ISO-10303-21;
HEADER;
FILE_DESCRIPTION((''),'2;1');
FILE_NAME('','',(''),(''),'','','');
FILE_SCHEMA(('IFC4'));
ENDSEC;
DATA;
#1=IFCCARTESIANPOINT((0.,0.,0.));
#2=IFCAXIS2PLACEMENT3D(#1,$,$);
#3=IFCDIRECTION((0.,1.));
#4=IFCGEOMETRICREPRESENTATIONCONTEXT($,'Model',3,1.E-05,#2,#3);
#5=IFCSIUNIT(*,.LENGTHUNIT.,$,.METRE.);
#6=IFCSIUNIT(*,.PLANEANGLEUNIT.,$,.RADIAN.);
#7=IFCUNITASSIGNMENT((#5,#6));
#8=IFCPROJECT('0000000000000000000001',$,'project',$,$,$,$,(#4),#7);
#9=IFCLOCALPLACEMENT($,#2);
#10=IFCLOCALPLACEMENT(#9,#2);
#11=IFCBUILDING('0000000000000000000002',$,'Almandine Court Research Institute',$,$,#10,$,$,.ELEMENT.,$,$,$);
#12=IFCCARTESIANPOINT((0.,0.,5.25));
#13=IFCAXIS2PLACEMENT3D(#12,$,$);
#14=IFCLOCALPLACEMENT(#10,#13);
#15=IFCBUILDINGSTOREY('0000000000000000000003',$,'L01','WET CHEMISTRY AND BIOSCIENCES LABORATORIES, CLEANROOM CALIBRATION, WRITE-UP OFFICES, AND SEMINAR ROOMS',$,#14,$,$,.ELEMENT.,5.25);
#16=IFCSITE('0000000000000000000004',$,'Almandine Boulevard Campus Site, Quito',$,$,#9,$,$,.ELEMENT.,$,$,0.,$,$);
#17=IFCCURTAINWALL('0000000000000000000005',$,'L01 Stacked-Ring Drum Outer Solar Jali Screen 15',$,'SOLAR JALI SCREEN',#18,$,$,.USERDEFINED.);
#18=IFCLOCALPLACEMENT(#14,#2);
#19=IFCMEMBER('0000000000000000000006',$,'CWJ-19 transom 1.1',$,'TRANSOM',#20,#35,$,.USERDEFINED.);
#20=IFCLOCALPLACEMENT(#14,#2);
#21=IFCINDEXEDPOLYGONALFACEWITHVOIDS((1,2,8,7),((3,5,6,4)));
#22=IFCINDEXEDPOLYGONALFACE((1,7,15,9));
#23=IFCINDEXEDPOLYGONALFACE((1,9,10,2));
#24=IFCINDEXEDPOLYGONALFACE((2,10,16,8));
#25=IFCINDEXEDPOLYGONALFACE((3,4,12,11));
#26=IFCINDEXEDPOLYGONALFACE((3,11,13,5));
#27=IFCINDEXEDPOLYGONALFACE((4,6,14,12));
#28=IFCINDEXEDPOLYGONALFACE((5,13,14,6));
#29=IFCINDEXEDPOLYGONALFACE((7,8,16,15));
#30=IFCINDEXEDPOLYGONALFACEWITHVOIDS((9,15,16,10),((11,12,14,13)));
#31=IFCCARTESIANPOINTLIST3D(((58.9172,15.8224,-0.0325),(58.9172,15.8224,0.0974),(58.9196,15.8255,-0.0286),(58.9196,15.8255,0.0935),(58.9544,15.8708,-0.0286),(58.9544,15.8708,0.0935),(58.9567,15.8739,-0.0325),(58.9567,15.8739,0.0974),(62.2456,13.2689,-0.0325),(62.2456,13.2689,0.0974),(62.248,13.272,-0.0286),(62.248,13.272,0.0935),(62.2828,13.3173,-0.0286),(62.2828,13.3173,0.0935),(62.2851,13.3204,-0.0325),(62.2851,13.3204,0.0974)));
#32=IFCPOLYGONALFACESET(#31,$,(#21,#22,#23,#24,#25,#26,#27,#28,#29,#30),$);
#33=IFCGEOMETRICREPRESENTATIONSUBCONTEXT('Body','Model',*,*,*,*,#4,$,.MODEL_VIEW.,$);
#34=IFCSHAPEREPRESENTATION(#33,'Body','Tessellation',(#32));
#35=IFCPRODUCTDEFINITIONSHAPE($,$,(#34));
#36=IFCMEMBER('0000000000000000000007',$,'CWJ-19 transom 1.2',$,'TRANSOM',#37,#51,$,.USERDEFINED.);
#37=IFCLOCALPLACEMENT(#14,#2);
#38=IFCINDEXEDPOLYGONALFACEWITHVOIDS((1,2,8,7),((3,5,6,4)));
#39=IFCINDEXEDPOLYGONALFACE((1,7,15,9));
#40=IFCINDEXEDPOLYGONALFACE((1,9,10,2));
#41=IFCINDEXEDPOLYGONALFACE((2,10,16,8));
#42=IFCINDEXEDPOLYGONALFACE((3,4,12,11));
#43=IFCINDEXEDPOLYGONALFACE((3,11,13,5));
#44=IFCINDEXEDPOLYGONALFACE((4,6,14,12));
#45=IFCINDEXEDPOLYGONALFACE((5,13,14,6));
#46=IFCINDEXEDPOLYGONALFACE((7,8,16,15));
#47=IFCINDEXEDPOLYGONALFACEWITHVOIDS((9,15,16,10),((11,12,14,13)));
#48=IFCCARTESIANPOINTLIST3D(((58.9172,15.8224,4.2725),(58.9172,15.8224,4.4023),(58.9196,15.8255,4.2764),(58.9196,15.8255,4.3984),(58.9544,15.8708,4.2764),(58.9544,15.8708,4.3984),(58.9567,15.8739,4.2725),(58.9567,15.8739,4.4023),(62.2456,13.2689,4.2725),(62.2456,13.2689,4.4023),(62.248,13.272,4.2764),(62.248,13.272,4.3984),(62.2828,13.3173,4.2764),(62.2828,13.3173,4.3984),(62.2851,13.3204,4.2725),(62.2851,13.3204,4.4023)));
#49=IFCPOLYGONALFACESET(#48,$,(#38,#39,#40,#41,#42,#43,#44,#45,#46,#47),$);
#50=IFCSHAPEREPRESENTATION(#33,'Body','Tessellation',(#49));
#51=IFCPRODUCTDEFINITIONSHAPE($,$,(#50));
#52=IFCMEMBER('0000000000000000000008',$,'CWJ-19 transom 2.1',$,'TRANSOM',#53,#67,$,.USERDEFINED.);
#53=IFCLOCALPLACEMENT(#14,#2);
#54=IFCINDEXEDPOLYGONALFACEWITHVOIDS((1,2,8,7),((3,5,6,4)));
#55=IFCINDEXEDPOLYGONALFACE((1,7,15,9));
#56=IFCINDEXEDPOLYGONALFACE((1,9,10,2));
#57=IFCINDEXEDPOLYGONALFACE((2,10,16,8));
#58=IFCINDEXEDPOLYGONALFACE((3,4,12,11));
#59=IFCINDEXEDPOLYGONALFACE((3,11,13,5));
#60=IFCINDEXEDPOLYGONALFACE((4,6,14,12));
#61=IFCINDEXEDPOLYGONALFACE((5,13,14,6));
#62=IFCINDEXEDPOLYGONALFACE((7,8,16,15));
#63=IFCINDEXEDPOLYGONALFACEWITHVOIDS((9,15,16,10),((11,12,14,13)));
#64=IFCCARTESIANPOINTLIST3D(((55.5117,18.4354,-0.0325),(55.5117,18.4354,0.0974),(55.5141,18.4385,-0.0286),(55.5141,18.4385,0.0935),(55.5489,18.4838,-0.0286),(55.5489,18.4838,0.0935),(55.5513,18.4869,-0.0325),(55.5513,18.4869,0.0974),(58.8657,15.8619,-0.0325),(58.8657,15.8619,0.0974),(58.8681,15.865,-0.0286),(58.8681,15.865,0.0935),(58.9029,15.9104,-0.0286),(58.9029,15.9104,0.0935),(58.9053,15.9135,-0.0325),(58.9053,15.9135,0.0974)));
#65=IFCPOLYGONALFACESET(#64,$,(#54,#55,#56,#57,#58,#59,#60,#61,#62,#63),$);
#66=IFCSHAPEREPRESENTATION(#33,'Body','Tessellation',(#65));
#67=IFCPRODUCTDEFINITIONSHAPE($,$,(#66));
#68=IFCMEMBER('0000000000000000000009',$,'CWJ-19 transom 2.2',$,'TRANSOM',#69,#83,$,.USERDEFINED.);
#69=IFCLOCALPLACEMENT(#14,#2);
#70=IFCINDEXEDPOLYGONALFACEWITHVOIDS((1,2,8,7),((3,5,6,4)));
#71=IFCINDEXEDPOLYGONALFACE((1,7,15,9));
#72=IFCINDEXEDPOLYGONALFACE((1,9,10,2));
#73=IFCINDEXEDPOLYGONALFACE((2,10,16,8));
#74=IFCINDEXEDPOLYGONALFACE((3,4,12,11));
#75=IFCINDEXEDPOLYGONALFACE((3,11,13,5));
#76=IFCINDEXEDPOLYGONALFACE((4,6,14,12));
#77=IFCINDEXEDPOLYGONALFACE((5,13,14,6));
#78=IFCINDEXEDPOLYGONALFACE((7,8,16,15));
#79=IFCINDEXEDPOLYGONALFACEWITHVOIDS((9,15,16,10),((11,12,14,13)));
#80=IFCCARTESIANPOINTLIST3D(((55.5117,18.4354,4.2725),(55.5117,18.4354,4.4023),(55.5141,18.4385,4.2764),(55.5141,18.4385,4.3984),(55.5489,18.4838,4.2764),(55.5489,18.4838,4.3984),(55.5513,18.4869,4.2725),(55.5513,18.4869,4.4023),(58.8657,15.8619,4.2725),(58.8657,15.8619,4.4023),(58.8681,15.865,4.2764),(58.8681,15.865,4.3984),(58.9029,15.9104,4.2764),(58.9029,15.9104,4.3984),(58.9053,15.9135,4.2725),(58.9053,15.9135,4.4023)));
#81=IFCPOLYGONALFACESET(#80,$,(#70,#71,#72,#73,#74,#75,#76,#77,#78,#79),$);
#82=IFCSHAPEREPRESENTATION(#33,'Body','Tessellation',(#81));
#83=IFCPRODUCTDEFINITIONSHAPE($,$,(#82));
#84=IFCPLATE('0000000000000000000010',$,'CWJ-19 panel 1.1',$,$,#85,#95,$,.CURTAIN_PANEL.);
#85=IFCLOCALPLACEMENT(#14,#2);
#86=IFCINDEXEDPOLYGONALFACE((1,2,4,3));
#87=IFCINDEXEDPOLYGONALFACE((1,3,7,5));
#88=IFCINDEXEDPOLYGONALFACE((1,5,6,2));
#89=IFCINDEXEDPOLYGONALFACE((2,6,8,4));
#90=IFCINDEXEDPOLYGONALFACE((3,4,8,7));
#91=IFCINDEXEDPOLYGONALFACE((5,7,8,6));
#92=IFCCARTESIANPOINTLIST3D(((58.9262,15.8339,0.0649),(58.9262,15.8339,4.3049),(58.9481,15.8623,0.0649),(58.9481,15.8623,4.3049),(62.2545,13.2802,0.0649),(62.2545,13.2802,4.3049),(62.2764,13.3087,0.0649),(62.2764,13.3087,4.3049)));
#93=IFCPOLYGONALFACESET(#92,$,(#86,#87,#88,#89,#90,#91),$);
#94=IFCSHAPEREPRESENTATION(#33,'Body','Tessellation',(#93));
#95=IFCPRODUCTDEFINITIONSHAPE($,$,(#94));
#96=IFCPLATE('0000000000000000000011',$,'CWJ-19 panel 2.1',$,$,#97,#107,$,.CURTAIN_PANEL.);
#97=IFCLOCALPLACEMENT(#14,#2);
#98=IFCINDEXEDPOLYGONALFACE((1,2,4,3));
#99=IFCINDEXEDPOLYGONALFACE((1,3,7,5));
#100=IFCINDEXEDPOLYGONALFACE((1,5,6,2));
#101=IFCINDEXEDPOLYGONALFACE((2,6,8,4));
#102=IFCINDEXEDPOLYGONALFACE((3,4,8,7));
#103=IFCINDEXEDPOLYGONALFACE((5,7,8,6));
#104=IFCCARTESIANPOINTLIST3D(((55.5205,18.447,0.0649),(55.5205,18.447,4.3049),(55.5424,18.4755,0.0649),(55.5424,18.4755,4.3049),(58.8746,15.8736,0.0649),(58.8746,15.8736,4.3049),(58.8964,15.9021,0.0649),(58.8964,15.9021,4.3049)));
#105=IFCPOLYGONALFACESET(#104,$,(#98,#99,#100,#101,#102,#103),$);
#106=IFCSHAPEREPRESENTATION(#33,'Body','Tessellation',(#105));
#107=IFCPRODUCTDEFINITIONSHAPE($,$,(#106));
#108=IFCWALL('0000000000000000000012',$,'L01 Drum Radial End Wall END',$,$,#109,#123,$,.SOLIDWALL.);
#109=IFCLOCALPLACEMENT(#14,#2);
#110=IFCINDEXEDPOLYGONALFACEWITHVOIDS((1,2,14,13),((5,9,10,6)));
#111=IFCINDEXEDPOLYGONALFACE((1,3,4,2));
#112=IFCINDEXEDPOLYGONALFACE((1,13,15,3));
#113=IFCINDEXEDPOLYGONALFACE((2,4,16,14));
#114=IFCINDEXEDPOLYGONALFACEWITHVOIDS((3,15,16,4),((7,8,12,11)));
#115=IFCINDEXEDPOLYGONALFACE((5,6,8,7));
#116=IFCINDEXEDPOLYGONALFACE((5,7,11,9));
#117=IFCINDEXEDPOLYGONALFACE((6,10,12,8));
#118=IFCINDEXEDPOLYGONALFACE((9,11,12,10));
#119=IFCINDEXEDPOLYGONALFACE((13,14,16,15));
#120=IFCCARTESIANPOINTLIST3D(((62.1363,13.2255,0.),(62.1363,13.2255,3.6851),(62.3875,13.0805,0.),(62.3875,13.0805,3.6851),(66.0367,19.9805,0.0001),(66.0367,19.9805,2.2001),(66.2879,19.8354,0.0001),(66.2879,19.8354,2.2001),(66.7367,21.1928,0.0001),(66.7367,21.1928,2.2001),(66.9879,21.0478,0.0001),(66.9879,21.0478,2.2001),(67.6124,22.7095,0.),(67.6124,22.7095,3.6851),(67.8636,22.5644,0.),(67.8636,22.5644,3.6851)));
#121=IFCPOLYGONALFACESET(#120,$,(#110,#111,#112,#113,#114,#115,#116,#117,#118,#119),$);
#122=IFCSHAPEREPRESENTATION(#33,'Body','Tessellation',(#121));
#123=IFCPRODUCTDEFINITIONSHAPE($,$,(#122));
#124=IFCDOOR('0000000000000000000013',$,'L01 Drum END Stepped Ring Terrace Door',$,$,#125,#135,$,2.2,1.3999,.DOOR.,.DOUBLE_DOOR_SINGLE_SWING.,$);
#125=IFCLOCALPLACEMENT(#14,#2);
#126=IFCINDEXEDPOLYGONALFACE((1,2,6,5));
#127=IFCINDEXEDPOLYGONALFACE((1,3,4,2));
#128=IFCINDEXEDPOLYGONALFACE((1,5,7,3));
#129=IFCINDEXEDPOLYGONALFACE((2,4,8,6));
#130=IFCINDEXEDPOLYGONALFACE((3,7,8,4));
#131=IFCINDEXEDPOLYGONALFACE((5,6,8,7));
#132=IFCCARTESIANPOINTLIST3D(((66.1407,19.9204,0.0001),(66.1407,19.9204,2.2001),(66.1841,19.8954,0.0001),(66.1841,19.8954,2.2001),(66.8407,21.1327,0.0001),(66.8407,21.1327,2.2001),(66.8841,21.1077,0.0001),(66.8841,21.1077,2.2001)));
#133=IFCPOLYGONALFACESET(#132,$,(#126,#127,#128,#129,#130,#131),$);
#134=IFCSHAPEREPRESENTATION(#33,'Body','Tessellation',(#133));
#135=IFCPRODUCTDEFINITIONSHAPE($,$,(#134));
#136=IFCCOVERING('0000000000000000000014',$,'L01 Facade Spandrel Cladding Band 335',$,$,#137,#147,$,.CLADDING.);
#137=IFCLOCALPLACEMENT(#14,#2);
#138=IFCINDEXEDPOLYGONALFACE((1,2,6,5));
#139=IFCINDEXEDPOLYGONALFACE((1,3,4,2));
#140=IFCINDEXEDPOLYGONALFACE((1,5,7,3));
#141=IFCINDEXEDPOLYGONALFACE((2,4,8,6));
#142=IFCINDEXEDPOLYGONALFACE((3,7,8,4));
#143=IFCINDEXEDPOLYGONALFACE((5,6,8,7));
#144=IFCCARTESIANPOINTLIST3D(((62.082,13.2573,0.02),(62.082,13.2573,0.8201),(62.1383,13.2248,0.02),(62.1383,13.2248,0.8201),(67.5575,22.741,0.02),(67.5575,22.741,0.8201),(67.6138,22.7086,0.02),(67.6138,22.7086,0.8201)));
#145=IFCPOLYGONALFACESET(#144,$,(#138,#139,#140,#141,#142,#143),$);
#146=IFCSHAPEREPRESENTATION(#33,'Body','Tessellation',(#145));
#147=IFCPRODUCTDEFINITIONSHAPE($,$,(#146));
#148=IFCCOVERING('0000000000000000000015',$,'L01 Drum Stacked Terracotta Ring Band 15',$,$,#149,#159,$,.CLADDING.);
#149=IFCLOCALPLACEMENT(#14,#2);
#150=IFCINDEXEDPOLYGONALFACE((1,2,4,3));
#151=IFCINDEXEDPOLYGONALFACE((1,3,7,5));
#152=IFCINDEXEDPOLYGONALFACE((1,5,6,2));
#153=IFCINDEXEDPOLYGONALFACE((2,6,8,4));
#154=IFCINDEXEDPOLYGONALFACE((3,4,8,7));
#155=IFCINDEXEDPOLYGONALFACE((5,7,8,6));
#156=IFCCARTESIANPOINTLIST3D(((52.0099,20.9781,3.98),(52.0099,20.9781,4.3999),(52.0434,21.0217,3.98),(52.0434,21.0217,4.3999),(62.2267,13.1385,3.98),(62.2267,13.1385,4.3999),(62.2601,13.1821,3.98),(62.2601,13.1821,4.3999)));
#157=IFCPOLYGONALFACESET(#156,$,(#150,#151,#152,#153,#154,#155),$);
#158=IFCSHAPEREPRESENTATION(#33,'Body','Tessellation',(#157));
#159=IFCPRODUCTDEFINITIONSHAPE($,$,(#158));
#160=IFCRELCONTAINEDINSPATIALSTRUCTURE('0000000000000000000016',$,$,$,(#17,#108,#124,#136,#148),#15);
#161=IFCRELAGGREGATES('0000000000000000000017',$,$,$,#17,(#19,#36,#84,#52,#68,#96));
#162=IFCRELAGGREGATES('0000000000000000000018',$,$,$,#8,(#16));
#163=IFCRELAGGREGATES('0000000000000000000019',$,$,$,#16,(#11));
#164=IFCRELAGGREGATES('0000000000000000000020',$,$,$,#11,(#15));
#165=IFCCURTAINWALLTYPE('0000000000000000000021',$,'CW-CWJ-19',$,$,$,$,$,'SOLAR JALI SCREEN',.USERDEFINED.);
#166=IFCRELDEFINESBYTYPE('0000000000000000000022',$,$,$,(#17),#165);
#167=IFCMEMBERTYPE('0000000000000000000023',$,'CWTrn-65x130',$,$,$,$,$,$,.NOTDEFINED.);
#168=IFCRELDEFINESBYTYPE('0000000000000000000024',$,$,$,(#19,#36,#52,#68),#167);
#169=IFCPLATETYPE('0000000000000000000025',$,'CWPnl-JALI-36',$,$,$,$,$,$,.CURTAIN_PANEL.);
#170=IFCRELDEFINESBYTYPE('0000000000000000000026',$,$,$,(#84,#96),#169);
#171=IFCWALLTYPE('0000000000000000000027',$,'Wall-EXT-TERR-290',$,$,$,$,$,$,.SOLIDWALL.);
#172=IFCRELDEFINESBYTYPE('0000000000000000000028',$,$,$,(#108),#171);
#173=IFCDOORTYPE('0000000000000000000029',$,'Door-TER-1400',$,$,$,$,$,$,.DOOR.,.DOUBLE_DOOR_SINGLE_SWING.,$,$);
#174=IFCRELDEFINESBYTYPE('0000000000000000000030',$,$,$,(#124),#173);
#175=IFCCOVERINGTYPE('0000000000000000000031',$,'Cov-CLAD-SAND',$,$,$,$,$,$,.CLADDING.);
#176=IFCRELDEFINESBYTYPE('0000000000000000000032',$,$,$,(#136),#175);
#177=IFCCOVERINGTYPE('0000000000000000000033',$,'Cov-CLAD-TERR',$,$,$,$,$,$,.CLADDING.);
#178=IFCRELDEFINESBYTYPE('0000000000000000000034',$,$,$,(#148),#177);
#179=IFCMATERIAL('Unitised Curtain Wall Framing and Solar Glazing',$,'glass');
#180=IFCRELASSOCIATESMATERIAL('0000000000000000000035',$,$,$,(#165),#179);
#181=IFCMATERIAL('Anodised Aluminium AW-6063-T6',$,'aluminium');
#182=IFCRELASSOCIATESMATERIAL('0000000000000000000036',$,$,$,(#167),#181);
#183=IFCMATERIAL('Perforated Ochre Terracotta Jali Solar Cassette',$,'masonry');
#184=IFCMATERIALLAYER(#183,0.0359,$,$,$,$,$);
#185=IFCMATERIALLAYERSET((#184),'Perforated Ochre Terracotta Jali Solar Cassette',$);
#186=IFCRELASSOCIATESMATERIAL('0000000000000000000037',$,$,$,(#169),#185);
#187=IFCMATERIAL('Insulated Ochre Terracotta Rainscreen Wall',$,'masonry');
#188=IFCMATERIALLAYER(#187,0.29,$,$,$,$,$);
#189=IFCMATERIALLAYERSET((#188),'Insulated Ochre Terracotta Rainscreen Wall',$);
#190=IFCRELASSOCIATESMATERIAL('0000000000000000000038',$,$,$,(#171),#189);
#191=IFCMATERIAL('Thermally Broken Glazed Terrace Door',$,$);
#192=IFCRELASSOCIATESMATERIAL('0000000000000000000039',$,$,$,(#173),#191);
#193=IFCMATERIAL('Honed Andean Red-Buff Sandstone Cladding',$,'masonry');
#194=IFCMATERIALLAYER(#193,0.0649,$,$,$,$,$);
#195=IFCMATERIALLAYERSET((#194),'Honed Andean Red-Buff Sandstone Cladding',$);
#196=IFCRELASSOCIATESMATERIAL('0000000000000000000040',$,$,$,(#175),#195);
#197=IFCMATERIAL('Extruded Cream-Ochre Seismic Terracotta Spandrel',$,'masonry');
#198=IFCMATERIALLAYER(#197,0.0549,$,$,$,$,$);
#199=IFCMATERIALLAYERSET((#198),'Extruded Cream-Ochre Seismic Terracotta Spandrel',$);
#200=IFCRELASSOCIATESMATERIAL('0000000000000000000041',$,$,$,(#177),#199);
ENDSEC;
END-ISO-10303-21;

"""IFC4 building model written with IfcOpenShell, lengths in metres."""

from ifc_helpers import new_model, si_unit, direction, frame, frame_2d, origin, origin_2d, place, context, subcontext, project, spatial, rectangle, hollow_rectangle, extrude, material, layer, layer_set, material_profile, profile_set, type_object, element, fill, aggregate, save


model = new_model("IFC4")

# Units and contexts
model_context = context("Model", 3, precision=1e-05, world=origin(), true_north=direction((0.0, 1.0)))
body_context = subcontext(model_context, "Body", "Model", "MODEL_VIEW")
ifc_project = project(units=[si_unit("LENGTHUNIT", "METRE"), si_unit("PLANEANGLEUNIT", "RADIAN")], contexts=[model_context])

# Site, building, storey
site_placement = place(None, origin())
site = spatial("IfcSite", under=ifc_project, at=site_placement, Name="Almandine Boulevard Campus Site, Quito", CompositionType="ELEMENT", RefElevation=0.0)
building_placement = place(site_placement, origin())
building = spatial("IfcBuilding", under=site, at=building_placement, Name="Almandine Court Research Institute", CompositionType="ELEMENT")
storey_placement = place(building_placement, frame((0.0, 0.0, 5.25)))
storey = spatial("IfcBuildingStorey", under=building, at=storey_placement, Name="L01", Description="WET CHEMISTRY AND BIOSCIENCES LABORATORIES, CLEANROOM CALIBRATION, WRITE-UP OFFICES, AND SEMINAR ROOMS", CompositionType="ELEMENT", Elevation=5.25)

# Curtain wall, members, plates
ifc_material_1 = material(Name="Unitised Curtain Wall Framing and Solar Glazing", Category="glass")
curtain_wall_type = type_object("IfcCurtainWallType", Name="CW-CWJ-19", ElementType="SOLAR JALI SCREEN", PredefinedType="USERDEFINED", material=ifc_material_1)
curtain_wall_placement = place(storey_placement, origin())
curtain_wall = element("IfcCurtainWall", 1, at=curtain_wall_placement, inside=storey, type_object=curtain_wall_type, Name="L01 Stacked-Ring Drum Outer Solar Jali Screen 15", ObjectType="SOLAR JALI SCREEN", PredefinedType="USERDEFINED")
ifc_material_2 = material(Name="Anodised Aluminium AW-6063-T6", Category="aluminium")
ifc_material_profile_1 = material_profile(ifc_material_2, hollow_rectangle(XDim=0.0649, YDim=0.1299, WallThickness=0.0039, at=origin_2d()), Name="ALU RHS 65x130x4")
ifc_profile_set_1 = profile_set([ifc_material_profile_1], Name="Anodised Aluminium AW-6063-T6")
member_type_1 = type_object("IfcMemberType", Name="CWTrn-65x130", PredefinedType="NOTDEFINED", material=ifc_profile_set_1)
member_1_placement = place(storey_placement, frame((62.2654, 13.2947, 0.0325), z_axis=(-0.793409, 0.608689, 0.0), x_axis=(-0.608689, -0.793409, 0.0)))
member_1 = element("IfcMember", 2, at=member_1_placement, type_object=member_type_1, Name="CWJ-19 transom 1.1", ObjectType="TRANSOM", PredefinedType="USERDEFINED", context=body_context, shape_type="SweptSolid", body=[
    extrude(hollow_rectangle(XDim=0.0649, YDim=0.1299, WallThickness=0.0039, at=origin_2d()), origin(), (0.0, 0.0, 1.0), 4.1951),
])
member_2_placement = place(storey_placement, frame((62.2654, 13.2947, 4.3374), z_axis=(-0.793409, 0.608689, 0.0), x_axis=(-0.608689, -0.793409, 0.0)))
member_2 = element("IfcMember", 3, at=member_2_placement, type_object=member_type_1, Name="CWJ-19 transom 1.2", ObjectType="TRANSOM", PredefinedType="USERDEFINED", context=body_context, shape_type="SweptSolid", body=[
    extrude(hollow_rectangle(XDim=0.0649, YDim=0.1299, WallThickness=0.0039, at=origin_2d()), origin(), (0.0, 0.0, 1.0), 4.1951),
])
member_3_placement = place(storey_placement, frame((58.8855, 15.8877, 0.0325), z_axis=(-0.793368, 0.608742, 0.0), x_axis=(-0.608742, -0.793368, 0.0)))
member_3 = element("IfcMember", 4, at=member_3_placement, type_object=member_type_1, Name="CWJ-19 transom 2.1", ObjectType="TRANSOM", PredefinedType="USERDEFINED", context=body_context, shape_type="SweptSolid", body=[
    extrude(hollow_rectangle(XDim=0.0649, YDim=0.1299, WallThickness=0.0039, at=origin_2d()), origin(), (0.0, 0.0, 1.0), 4.2275),
])
member_4_placement = place(storey_placement, frame((58.8855, 15.8877, 4.3374), z_axis=(-0.793368, 0.608742, 0.0), x_axis=(-0.608742, -0.793368, 0.0)))
member_4 = element("IfcMember", 5, at=member_4_placement, type_object=member_type_1, Name="CWJ-19 transom 2.2", ObjectType="TRANSOM", PredefinedType="USERDEFINED", context=body_context, shape_type="SweptSolid", body=[
    extrude(hollow_rectangle(XDim=0.0649, YDim=0.1299, WallThickness=0.0039, at=origin_2d()), origin(), (0.0, 0.0, 1.0), 4.2275),
])
ifc_material_3 = material(Name="Perforated Ochre Terracotta Jali Solar Cassette", Category="masonry")
ifc_layer_1 = layer(ifc_material_3, 0.0359)
ifc_layer_set_1 = layer_set([ifc_layer_1], Name="Perforated Ochre Terracotta Jali Solar Cassette")
plate_type = type_object("IfcPlateType", Name="CWPnl-JALI-36", PredefinedType="CURTAIN_PANEL", material=ifc_layer_set_1)
plate_1_placement = place(storey_placement, frame((60.6013, 14.5713, 0.0649), z_axis=(0.0, 0.0, 1.0), x_axis=(-0.793383, 0.608723, 0.0)))
plate_1 = element("IfcPlate", 6, at=plate_1_placement, type_object=plate_type, Name="CWJ-19 panel 1.1", PredefinedType="CURTAIN_PANEL", context=body_context, shape_type="SweptSolid", body=[
    extrude(rectangle(XDim=4.1951, YDim=0.0359, at=origin_2d()), origin(), (0.0, 0.0, 1.0), 4.24),
])
plate_2_placement = place(storey_placement, frame((57.2085, 17.1746, 0.0649), z_axis=(0.0, 0.0, 1.0), x_axis=(-0.793383, 0.608723, 0.0)))
plate_2 = element("IfcPlate", 7, at=plate_2_placement, type_object=plate_type, Name="CWJ-19 panel 2.1", PredefinedType="CURTAIN_PANEL", context=body_context, shape_type="SweptSolid", body=[
    extrude(rectangle(XDim=4.2275, YDim=0.0359, at=origin_2d()), origin(), (0.0, 0.0, 1.0), 4.24),
])
aggregate(curtain_wall, [member_1, member_2, plate_1, member_3, member_4, plate_2])

# Wall, opening, door
ifc_material_4 = material(Name="Insulated Ochre Terracotta Rainscreen Wall", Category="masonry")
ifc_layer_2 = layer(ifc_material_4, 0.29)
ifc_layer_set_2 = layer_set([ifc_layer_2], Name="Insulated Ochre Terracotta Rainscreen Wall")
wall_type = type_object("IfcWallType", Name="Wall-EXT-TERR-290", PredefinedType="SOLIDWALL", material=ifc_layer_set_2)
wall_placement = place(storey_placement, frame((62.262, 13.1531, 0.0), z_axis=(0.0, 0.0, 1.0), x_axis=(0.500038, 0.866004, 0.0)))
wall = element("IfcWall", 8, at=wall_placement, inside=storey, type_object=wall_type, Name="L01 Drum Radial End Wall END", PredefinedType="SOLIDWALL", context=body_context, shape_type="SweptSolid", body=[
    extrude(rectangle(XDim=10.9514, YDim=0.29, at=frame_2d((5.4756, 0.0))), origin(), (0.0, 0.0, 1.0), 3.6851),
])
opening_placement = place(wall_placement, frame((7.8, 0.0, 0.0)))
opening = element("IfcOpeningElement", 9, at=opening_placement, cuts=wall, PredefinedType="OPENING", context=body_context, shape_type="SweptSolid", body=[
    extrude(rectangle(XDim=1.3999, YDim=2.2, at=frame_2d((0.7, 1.1001))), frame((0.0, 0.155, 0.0), z_axis=(0.0, -1.0, 0.0), x_axis=(1.0, 0.0, 0.0)), (0.0, 0.0, 1.0), 0.3101),
])
ifc_material_5 = material(Name="Thermally Broken Glazed Terrace Door")
door_type = type_object("IfcDoorType", Name="Door-TER-1400", OperationType="DOUBLE_DOOR_SINGLE_SWING", PredefinedType="DOOR", material=ifc_material_5)
door_placement = place(opening_placement, origin())
door = element("IfcDoor", 10, at=door_placement, inside=storey, type_object=door_type, Name="L01 Drum END Stepped Ring Terrace Door", OperationType="DOUBLE_DOOR_SINGLE_SWING", OverallHeight=2.2, OverallWidth=1.3999, PredefinedType="DOOR", context=body_context, shape_type="SweptSolid", body=[
    extrude(rectangle(XDim=1.3999, YDim=2.2, at=frame_2d((0.7, 1.1001))), frame((0.0, 0.0249, 0.0), z_axis=(0.0, -1.0, 0.0), x_axis=(1.0, 0.0, 0.0)), (0.0, 0.0, 1.0), 0.05),
])
fill(opening, door)

# Coverings
ifc_material_6 = material(Name="Honed Andean Red-Buff Sandstone Cladding", Category="masonry")
ifc_layer_3 = layer(ifc_material_6, 0.0649)
ifc_layer_set_3 = layer_set([ifc_layer_3], Name="Honed Andean Red-Buff Sandstone Cladding")
covering_type_1 = type_object("IfcCoveringType", Name="Cov-CLAD-SAND", PredefinedType="CLADDING", material=ifc_layer_set_3)
covering_1_placement = place(storey_placement, frame((64.8479, 17.9829, 0.02), z_axis=(0.0, 0.0, 1.0), x_axis=(0.5, 0.866025, 0.0)))
element("IfcCovering", 11, at=covering_1_placement, inside=storey, type_object=covering_type_1, Name="L01 Facade Spandrel Cladding Band 335", PredefinedType="CLADDING", context=body_context, shape_type="SweptSolid", body=[
    extrude(rectangle(XDim=10.9509, YDim=0.0649, at=origin_2d()), origin(), (0.0, 0.0, 1.0), 0.8),
])
ifc_material_7 = material(Name="Extruded Cream-Ochre Seismic Terracotta Spandrel", Category="masonry")
ifc_layer_4 = layer(ifc_material_7, 0.0549)
ifc_layer_set_4 = layer_set([ifc_layer_4], Name="Extruded Cream-Ochre Seismic Terracotta Spandrel")
covering_type_2 = type_object("IfcCoveringType", Name="Cov-CLAD-TERR", PredefinedType="CLADDING", material=ifc_layer_set_4)
covering_2_placement = place(storey_placement, frame((57.135, 17.0801, 3.98), z_axis=(0.0, 0.0, 1.0), x_axis=(-0.793353, 0.608761, 0.0)))
element("IfcCovering", 12, at=covering_2_placement, inside=storey, type_object=covering_type_2, Name="L01 Drum Stacked Terracotta Ring Band 15", PredefinedType="CLADDING", context=body_context, shape_type="SweptSolid", body=[
    extrude(rectangle(XDim=12.8779, YDim=0.0549, at=origin_2d()), origin(), (0.0, 0.0, 1.0), 0.4199),
])

save(model, "model.ifc")
